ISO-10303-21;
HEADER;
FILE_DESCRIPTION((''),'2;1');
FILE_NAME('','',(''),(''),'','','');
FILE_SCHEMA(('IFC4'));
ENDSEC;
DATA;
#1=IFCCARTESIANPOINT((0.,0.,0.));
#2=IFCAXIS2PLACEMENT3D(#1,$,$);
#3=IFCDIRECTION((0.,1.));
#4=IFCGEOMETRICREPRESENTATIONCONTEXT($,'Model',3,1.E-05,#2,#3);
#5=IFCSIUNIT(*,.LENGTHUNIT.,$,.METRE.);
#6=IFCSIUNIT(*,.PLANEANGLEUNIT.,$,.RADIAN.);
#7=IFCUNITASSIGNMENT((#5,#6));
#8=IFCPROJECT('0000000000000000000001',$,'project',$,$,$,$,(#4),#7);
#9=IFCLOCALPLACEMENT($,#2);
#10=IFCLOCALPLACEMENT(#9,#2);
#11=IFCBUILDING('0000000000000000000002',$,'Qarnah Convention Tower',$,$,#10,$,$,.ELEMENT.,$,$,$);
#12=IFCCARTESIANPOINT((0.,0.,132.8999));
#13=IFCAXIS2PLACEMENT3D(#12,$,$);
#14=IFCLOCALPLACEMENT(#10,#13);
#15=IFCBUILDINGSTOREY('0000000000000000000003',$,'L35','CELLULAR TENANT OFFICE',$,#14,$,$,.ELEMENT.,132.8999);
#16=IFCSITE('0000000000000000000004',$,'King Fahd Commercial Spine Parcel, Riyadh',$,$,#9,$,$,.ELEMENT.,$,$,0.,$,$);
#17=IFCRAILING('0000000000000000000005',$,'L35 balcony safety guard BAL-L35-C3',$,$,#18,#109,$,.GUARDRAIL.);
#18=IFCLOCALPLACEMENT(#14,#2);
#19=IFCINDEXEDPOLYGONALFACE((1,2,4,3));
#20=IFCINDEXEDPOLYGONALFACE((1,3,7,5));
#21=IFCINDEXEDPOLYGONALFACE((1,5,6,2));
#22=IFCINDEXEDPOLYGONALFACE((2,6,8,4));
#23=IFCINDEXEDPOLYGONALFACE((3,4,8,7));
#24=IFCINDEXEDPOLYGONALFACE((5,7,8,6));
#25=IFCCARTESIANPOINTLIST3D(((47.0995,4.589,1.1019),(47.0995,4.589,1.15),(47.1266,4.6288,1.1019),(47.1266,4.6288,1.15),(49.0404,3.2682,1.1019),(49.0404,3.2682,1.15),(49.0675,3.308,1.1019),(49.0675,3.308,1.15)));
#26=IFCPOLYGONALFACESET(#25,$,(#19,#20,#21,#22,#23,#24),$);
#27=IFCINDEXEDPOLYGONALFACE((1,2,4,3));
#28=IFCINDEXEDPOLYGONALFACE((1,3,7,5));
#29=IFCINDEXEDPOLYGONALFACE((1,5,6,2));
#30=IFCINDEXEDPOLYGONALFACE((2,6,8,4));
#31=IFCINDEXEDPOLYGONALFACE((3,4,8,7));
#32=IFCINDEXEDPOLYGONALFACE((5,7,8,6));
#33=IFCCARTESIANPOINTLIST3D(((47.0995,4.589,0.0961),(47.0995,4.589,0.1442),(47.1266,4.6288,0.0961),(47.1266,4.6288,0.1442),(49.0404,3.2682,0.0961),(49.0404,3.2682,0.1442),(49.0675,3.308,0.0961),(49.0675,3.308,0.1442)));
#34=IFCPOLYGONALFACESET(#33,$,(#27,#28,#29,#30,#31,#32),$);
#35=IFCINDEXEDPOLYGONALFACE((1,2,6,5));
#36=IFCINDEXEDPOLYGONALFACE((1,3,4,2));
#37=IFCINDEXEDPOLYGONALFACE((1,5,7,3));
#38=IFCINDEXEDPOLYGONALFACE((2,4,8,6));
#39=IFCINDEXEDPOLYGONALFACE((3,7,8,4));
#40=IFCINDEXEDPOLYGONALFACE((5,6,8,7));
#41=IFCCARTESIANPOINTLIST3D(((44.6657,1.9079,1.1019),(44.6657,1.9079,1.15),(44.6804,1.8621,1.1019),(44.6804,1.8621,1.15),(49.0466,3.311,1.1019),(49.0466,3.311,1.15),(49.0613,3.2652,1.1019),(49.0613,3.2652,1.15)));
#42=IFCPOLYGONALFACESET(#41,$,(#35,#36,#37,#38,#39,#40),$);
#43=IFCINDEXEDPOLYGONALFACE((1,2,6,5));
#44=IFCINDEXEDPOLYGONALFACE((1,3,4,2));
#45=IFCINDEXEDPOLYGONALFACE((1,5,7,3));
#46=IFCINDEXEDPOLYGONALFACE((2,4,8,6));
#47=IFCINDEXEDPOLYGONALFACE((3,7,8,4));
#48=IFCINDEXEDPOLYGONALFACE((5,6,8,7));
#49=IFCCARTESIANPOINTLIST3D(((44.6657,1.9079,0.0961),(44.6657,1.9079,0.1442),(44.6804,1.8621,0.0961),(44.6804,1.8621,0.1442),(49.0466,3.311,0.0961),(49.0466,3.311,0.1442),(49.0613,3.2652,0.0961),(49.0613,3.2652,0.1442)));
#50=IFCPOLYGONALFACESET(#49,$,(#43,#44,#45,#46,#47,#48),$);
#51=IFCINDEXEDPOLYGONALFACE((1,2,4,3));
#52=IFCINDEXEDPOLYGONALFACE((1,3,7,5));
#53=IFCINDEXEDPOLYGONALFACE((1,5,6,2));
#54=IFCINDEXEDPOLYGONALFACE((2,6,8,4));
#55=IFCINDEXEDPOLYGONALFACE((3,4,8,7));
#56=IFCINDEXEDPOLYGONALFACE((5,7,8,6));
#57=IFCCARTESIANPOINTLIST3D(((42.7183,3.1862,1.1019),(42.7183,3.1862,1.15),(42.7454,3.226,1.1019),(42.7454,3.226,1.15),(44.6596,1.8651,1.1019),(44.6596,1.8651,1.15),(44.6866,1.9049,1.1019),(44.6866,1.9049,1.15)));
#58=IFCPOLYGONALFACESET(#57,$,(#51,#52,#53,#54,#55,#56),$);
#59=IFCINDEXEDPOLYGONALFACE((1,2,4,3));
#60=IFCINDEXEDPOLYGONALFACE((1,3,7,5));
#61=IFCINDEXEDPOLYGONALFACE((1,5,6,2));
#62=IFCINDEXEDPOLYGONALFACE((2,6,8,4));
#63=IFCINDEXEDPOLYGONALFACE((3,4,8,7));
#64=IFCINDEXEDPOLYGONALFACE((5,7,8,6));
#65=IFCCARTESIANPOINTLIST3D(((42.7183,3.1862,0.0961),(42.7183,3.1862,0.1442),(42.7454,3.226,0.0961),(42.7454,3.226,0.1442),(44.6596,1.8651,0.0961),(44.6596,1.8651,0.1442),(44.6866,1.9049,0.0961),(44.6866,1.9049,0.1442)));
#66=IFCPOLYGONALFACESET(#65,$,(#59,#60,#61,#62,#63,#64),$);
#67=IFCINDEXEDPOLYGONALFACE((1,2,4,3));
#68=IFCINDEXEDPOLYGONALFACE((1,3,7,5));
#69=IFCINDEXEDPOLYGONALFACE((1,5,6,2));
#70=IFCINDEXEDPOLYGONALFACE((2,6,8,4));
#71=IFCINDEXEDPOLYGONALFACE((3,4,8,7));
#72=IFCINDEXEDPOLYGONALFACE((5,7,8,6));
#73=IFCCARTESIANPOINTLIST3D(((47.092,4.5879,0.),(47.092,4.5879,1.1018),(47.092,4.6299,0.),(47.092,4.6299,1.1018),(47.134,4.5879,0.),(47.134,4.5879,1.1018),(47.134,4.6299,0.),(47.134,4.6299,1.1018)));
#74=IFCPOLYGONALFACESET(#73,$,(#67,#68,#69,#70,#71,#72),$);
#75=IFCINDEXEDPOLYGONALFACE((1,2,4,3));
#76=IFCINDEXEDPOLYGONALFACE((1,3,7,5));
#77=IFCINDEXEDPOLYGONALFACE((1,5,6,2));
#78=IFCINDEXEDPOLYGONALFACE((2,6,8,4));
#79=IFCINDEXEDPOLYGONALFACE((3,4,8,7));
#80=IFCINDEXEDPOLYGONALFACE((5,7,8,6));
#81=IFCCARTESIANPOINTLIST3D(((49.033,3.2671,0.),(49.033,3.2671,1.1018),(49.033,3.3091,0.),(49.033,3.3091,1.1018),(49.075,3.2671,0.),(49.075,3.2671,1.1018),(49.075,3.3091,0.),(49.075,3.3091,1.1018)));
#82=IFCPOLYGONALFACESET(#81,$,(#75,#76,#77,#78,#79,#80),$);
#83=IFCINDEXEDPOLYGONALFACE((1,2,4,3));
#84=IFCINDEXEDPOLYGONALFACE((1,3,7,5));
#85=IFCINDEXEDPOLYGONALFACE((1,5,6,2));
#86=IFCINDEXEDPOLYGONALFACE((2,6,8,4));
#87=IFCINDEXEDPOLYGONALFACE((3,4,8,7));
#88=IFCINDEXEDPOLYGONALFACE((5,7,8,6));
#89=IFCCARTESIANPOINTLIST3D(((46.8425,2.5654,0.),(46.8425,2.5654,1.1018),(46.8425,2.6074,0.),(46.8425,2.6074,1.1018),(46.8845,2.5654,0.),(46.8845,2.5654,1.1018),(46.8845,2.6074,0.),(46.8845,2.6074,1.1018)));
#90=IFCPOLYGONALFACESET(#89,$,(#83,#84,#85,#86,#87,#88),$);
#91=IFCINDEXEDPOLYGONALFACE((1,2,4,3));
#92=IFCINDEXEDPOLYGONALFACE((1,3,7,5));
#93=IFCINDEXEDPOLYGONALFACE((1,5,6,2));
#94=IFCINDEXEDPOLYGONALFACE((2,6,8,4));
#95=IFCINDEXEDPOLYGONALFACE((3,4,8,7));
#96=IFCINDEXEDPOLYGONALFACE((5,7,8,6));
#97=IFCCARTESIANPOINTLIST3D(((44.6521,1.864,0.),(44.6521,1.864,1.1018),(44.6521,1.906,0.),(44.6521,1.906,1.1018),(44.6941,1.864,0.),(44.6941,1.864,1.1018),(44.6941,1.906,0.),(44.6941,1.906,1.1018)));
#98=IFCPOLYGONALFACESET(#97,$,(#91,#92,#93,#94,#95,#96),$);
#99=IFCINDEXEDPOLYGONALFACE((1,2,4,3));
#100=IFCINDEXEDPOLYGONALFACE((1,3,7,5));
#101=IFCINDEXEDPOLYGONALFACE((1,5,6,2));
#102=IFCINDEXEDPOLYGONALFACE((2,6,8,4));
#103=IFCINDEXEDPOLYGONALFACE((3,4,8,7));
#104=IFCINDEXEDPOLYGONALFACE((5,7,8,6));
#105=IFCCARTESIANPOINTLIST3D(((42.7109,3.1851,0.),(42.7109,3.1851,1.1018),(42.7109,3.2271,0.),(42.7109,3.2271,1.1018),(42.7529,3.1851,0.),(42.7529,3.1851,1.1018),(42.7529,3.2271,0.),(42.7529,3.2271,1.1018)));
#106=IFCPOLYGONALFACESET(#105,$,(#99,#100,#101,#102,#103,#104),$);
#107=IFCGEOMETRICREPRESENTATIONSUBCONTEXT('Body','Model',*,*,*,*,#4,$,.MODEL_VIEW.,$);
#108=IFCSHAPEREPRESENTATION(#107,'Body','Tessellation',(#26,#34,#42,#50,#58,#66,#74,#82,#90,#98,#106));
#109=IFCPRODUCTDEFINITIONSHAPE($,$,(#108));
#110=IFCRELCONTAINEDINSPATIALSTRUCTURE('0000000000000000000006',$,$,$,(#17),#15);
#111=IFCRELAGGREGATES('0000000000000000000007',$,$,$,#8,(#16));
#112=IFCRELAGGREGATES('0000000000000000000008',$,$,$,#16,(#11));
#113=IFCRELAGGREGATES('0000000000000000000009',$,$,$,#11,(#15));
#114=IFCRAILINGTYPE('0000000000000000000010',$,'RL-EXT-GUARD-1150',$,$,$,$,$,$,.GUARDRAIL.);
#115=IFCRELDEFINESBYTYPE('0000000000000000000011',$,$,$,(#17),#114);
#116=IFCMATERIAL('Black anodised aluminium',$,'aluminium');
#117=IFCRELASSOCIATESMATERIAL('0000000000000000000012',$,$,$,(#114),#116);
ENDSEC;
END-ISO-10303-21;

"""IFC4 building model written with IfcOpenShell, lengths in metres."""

from ifc_helpers import new_model, si_unit, direction, frame, origin, origin_2d, place, context, subcontext, project, spatial, rectangle, extrude, material, type_object, element, save


model = new_model("IFC4")

# Units and contexts
model_context = context("Model", 3, precision=1e-05, world=origin(), true_north=direction((0.0, 1.0)))
body_context = subcontext(model_context, "Body", "Model", "MODEL_VIEW")
ifc_project = project(units=[si_unit("LENGTHUNIT", "METRE"), si_unit("PLANEANGLEUNIT", "RADIAN")], contexts=[model_context])

# Site, building, storey
site_placement = place(None, origin())
site = spatial("IfcSite", under=ifc_project, at=site_placement, Name="King Fahd Commercial Spine Parcel, Riyadh", CompositionType="ELEMENT", RefElevation=0.0)
building_placement = place(site_placement, origin())
building = spatial("IfcBuilding", under=site, at=building_placement, Name="Qarnah Convention Tower", CompositionType="ELEMENT")
storey_placement = place(building_placement, frame((0.0, 0.0, 132.8999)))
storey = spatial("IfcBuildingStorey", under=building, at=storey_placement, Name="L35", Description="CELLULAR TENANT OFFICE", CompositionType="ELEMENT", Elevation=132.8999)

# Shared definitions
ifc_material_1 = material(Name="Black anodised aluminium", Category="aluminium")

# Railing
railing_type = type_object("IfcRailingType", Name="RL-EXT-GUARD-1150", PredefinedType="GUARDRAIL", material=ifc_material_1)
railing_1_placement = place(storey_placement, frame((47.113, 4.6089, 0.0)))
element("IfcRailing", 1, at=railing_1_placement, inside=storey, type_object=railing_type, Name="L35 balcony safety guard BAL-L35-C3", PredefinedType="GUARDRAIL", context=body_context, shape_type="SweptSolid", body=[
    extrude(rectangle(XDim=0.0481, YDim=0.0481, at=origin_2d()), frame((0.0, 0.0, 1.126), z_axis=(0.826733, -0.562594, 0.0), x_axis=(0.562594, 0.826733, 0.0)), (0.0, 0.0, 1.0), 2.3477),
    extrude(rectangle(XDim=0.0481, YDim=0.0481, at=origin_2d()), frame((0.0, 0.0, 0.1201), z_axis=(0.826733, -0.562594, 0.0), x_axis=(0.562594, 0.826733, 0.0)), (0.0, 0.0, 1.0), 2.3477),
    extrude(rectangle(XDim=0.0481, YDim=0.0481, at=origin_2d()), frame((1.9409, -1.3208, 1.126), z_axis=(-0.952348, -0.305013, 0.0), x_axis=(0.305013, -0.952348, 0.0)), (0.0, 0.0, 1.0), 4.6001),
    extrude(rectangle(XDim=0.0481, YDim=0.0481, at=origin_2d()), frame((1.9409, -1.3208, 0.1201), z_axis=(-0.952348, -0.305013, 0.0), x_axis=(0.305013, -0.952348, 0.0)), (0.0, 0.0, 1.0), 4.6001),
    extrude(rectangle(XDim=0.0481, YDim=0.0481, at=origin_2d()), frame((-2.4399, -2.7239, 1.126), z_axis=(-0.826718, 0.562617, 0.0), x_axis=(-0.562617, -0.826718, 0.0)), (0.0, 0.0, 1.0), 2.3481),
    extrude(rectangle(XDim=0.0481, YDim=0.0481, at=origin_2d()), frame((-2.4399, -2.7239, 0.1201), z_axis=(-0.826718, 0.562617, 0.0), x_axis=(-0.562617, -0.826718, 0.0)), (0.0, 0.0, 1.0), 2.3481),
    extrude(rectangle(XDim=0.042, YDim=0.042, at=origin_2d()), origin(), (0.0, 0.0, 1.0), 1.1018),
    extrude(rectangle(XDim=0.042, YDim=0.042, at=origin_2d()), frame((1.9409, -1.3208, 0.0)), (0.0, 0.0, 1.0), 1.1018),
    extrude(rectangle(XDim=0.042, YDim=0.042, at=origin_2d()), frame((-0.2495, -2.0225, 0.0)), (0.0, 0.0, 1.0), 1.1018),
    extrude(rectangle(XDim=0.042, YDim=0.042, at=origin_2d()), frame((-2.4399, -2.7239, 0.0)), (0.0, 0.0, 1.0), 1.1018),
    extrude(rectangle(XDim=0.042, YDim=0.042, at=origin_2d()), frame((-4.3811, -1.4028, 0.0)), (0.0, 0.0, 1.0), 1.1018),
])

save(model, "model.ifc")
